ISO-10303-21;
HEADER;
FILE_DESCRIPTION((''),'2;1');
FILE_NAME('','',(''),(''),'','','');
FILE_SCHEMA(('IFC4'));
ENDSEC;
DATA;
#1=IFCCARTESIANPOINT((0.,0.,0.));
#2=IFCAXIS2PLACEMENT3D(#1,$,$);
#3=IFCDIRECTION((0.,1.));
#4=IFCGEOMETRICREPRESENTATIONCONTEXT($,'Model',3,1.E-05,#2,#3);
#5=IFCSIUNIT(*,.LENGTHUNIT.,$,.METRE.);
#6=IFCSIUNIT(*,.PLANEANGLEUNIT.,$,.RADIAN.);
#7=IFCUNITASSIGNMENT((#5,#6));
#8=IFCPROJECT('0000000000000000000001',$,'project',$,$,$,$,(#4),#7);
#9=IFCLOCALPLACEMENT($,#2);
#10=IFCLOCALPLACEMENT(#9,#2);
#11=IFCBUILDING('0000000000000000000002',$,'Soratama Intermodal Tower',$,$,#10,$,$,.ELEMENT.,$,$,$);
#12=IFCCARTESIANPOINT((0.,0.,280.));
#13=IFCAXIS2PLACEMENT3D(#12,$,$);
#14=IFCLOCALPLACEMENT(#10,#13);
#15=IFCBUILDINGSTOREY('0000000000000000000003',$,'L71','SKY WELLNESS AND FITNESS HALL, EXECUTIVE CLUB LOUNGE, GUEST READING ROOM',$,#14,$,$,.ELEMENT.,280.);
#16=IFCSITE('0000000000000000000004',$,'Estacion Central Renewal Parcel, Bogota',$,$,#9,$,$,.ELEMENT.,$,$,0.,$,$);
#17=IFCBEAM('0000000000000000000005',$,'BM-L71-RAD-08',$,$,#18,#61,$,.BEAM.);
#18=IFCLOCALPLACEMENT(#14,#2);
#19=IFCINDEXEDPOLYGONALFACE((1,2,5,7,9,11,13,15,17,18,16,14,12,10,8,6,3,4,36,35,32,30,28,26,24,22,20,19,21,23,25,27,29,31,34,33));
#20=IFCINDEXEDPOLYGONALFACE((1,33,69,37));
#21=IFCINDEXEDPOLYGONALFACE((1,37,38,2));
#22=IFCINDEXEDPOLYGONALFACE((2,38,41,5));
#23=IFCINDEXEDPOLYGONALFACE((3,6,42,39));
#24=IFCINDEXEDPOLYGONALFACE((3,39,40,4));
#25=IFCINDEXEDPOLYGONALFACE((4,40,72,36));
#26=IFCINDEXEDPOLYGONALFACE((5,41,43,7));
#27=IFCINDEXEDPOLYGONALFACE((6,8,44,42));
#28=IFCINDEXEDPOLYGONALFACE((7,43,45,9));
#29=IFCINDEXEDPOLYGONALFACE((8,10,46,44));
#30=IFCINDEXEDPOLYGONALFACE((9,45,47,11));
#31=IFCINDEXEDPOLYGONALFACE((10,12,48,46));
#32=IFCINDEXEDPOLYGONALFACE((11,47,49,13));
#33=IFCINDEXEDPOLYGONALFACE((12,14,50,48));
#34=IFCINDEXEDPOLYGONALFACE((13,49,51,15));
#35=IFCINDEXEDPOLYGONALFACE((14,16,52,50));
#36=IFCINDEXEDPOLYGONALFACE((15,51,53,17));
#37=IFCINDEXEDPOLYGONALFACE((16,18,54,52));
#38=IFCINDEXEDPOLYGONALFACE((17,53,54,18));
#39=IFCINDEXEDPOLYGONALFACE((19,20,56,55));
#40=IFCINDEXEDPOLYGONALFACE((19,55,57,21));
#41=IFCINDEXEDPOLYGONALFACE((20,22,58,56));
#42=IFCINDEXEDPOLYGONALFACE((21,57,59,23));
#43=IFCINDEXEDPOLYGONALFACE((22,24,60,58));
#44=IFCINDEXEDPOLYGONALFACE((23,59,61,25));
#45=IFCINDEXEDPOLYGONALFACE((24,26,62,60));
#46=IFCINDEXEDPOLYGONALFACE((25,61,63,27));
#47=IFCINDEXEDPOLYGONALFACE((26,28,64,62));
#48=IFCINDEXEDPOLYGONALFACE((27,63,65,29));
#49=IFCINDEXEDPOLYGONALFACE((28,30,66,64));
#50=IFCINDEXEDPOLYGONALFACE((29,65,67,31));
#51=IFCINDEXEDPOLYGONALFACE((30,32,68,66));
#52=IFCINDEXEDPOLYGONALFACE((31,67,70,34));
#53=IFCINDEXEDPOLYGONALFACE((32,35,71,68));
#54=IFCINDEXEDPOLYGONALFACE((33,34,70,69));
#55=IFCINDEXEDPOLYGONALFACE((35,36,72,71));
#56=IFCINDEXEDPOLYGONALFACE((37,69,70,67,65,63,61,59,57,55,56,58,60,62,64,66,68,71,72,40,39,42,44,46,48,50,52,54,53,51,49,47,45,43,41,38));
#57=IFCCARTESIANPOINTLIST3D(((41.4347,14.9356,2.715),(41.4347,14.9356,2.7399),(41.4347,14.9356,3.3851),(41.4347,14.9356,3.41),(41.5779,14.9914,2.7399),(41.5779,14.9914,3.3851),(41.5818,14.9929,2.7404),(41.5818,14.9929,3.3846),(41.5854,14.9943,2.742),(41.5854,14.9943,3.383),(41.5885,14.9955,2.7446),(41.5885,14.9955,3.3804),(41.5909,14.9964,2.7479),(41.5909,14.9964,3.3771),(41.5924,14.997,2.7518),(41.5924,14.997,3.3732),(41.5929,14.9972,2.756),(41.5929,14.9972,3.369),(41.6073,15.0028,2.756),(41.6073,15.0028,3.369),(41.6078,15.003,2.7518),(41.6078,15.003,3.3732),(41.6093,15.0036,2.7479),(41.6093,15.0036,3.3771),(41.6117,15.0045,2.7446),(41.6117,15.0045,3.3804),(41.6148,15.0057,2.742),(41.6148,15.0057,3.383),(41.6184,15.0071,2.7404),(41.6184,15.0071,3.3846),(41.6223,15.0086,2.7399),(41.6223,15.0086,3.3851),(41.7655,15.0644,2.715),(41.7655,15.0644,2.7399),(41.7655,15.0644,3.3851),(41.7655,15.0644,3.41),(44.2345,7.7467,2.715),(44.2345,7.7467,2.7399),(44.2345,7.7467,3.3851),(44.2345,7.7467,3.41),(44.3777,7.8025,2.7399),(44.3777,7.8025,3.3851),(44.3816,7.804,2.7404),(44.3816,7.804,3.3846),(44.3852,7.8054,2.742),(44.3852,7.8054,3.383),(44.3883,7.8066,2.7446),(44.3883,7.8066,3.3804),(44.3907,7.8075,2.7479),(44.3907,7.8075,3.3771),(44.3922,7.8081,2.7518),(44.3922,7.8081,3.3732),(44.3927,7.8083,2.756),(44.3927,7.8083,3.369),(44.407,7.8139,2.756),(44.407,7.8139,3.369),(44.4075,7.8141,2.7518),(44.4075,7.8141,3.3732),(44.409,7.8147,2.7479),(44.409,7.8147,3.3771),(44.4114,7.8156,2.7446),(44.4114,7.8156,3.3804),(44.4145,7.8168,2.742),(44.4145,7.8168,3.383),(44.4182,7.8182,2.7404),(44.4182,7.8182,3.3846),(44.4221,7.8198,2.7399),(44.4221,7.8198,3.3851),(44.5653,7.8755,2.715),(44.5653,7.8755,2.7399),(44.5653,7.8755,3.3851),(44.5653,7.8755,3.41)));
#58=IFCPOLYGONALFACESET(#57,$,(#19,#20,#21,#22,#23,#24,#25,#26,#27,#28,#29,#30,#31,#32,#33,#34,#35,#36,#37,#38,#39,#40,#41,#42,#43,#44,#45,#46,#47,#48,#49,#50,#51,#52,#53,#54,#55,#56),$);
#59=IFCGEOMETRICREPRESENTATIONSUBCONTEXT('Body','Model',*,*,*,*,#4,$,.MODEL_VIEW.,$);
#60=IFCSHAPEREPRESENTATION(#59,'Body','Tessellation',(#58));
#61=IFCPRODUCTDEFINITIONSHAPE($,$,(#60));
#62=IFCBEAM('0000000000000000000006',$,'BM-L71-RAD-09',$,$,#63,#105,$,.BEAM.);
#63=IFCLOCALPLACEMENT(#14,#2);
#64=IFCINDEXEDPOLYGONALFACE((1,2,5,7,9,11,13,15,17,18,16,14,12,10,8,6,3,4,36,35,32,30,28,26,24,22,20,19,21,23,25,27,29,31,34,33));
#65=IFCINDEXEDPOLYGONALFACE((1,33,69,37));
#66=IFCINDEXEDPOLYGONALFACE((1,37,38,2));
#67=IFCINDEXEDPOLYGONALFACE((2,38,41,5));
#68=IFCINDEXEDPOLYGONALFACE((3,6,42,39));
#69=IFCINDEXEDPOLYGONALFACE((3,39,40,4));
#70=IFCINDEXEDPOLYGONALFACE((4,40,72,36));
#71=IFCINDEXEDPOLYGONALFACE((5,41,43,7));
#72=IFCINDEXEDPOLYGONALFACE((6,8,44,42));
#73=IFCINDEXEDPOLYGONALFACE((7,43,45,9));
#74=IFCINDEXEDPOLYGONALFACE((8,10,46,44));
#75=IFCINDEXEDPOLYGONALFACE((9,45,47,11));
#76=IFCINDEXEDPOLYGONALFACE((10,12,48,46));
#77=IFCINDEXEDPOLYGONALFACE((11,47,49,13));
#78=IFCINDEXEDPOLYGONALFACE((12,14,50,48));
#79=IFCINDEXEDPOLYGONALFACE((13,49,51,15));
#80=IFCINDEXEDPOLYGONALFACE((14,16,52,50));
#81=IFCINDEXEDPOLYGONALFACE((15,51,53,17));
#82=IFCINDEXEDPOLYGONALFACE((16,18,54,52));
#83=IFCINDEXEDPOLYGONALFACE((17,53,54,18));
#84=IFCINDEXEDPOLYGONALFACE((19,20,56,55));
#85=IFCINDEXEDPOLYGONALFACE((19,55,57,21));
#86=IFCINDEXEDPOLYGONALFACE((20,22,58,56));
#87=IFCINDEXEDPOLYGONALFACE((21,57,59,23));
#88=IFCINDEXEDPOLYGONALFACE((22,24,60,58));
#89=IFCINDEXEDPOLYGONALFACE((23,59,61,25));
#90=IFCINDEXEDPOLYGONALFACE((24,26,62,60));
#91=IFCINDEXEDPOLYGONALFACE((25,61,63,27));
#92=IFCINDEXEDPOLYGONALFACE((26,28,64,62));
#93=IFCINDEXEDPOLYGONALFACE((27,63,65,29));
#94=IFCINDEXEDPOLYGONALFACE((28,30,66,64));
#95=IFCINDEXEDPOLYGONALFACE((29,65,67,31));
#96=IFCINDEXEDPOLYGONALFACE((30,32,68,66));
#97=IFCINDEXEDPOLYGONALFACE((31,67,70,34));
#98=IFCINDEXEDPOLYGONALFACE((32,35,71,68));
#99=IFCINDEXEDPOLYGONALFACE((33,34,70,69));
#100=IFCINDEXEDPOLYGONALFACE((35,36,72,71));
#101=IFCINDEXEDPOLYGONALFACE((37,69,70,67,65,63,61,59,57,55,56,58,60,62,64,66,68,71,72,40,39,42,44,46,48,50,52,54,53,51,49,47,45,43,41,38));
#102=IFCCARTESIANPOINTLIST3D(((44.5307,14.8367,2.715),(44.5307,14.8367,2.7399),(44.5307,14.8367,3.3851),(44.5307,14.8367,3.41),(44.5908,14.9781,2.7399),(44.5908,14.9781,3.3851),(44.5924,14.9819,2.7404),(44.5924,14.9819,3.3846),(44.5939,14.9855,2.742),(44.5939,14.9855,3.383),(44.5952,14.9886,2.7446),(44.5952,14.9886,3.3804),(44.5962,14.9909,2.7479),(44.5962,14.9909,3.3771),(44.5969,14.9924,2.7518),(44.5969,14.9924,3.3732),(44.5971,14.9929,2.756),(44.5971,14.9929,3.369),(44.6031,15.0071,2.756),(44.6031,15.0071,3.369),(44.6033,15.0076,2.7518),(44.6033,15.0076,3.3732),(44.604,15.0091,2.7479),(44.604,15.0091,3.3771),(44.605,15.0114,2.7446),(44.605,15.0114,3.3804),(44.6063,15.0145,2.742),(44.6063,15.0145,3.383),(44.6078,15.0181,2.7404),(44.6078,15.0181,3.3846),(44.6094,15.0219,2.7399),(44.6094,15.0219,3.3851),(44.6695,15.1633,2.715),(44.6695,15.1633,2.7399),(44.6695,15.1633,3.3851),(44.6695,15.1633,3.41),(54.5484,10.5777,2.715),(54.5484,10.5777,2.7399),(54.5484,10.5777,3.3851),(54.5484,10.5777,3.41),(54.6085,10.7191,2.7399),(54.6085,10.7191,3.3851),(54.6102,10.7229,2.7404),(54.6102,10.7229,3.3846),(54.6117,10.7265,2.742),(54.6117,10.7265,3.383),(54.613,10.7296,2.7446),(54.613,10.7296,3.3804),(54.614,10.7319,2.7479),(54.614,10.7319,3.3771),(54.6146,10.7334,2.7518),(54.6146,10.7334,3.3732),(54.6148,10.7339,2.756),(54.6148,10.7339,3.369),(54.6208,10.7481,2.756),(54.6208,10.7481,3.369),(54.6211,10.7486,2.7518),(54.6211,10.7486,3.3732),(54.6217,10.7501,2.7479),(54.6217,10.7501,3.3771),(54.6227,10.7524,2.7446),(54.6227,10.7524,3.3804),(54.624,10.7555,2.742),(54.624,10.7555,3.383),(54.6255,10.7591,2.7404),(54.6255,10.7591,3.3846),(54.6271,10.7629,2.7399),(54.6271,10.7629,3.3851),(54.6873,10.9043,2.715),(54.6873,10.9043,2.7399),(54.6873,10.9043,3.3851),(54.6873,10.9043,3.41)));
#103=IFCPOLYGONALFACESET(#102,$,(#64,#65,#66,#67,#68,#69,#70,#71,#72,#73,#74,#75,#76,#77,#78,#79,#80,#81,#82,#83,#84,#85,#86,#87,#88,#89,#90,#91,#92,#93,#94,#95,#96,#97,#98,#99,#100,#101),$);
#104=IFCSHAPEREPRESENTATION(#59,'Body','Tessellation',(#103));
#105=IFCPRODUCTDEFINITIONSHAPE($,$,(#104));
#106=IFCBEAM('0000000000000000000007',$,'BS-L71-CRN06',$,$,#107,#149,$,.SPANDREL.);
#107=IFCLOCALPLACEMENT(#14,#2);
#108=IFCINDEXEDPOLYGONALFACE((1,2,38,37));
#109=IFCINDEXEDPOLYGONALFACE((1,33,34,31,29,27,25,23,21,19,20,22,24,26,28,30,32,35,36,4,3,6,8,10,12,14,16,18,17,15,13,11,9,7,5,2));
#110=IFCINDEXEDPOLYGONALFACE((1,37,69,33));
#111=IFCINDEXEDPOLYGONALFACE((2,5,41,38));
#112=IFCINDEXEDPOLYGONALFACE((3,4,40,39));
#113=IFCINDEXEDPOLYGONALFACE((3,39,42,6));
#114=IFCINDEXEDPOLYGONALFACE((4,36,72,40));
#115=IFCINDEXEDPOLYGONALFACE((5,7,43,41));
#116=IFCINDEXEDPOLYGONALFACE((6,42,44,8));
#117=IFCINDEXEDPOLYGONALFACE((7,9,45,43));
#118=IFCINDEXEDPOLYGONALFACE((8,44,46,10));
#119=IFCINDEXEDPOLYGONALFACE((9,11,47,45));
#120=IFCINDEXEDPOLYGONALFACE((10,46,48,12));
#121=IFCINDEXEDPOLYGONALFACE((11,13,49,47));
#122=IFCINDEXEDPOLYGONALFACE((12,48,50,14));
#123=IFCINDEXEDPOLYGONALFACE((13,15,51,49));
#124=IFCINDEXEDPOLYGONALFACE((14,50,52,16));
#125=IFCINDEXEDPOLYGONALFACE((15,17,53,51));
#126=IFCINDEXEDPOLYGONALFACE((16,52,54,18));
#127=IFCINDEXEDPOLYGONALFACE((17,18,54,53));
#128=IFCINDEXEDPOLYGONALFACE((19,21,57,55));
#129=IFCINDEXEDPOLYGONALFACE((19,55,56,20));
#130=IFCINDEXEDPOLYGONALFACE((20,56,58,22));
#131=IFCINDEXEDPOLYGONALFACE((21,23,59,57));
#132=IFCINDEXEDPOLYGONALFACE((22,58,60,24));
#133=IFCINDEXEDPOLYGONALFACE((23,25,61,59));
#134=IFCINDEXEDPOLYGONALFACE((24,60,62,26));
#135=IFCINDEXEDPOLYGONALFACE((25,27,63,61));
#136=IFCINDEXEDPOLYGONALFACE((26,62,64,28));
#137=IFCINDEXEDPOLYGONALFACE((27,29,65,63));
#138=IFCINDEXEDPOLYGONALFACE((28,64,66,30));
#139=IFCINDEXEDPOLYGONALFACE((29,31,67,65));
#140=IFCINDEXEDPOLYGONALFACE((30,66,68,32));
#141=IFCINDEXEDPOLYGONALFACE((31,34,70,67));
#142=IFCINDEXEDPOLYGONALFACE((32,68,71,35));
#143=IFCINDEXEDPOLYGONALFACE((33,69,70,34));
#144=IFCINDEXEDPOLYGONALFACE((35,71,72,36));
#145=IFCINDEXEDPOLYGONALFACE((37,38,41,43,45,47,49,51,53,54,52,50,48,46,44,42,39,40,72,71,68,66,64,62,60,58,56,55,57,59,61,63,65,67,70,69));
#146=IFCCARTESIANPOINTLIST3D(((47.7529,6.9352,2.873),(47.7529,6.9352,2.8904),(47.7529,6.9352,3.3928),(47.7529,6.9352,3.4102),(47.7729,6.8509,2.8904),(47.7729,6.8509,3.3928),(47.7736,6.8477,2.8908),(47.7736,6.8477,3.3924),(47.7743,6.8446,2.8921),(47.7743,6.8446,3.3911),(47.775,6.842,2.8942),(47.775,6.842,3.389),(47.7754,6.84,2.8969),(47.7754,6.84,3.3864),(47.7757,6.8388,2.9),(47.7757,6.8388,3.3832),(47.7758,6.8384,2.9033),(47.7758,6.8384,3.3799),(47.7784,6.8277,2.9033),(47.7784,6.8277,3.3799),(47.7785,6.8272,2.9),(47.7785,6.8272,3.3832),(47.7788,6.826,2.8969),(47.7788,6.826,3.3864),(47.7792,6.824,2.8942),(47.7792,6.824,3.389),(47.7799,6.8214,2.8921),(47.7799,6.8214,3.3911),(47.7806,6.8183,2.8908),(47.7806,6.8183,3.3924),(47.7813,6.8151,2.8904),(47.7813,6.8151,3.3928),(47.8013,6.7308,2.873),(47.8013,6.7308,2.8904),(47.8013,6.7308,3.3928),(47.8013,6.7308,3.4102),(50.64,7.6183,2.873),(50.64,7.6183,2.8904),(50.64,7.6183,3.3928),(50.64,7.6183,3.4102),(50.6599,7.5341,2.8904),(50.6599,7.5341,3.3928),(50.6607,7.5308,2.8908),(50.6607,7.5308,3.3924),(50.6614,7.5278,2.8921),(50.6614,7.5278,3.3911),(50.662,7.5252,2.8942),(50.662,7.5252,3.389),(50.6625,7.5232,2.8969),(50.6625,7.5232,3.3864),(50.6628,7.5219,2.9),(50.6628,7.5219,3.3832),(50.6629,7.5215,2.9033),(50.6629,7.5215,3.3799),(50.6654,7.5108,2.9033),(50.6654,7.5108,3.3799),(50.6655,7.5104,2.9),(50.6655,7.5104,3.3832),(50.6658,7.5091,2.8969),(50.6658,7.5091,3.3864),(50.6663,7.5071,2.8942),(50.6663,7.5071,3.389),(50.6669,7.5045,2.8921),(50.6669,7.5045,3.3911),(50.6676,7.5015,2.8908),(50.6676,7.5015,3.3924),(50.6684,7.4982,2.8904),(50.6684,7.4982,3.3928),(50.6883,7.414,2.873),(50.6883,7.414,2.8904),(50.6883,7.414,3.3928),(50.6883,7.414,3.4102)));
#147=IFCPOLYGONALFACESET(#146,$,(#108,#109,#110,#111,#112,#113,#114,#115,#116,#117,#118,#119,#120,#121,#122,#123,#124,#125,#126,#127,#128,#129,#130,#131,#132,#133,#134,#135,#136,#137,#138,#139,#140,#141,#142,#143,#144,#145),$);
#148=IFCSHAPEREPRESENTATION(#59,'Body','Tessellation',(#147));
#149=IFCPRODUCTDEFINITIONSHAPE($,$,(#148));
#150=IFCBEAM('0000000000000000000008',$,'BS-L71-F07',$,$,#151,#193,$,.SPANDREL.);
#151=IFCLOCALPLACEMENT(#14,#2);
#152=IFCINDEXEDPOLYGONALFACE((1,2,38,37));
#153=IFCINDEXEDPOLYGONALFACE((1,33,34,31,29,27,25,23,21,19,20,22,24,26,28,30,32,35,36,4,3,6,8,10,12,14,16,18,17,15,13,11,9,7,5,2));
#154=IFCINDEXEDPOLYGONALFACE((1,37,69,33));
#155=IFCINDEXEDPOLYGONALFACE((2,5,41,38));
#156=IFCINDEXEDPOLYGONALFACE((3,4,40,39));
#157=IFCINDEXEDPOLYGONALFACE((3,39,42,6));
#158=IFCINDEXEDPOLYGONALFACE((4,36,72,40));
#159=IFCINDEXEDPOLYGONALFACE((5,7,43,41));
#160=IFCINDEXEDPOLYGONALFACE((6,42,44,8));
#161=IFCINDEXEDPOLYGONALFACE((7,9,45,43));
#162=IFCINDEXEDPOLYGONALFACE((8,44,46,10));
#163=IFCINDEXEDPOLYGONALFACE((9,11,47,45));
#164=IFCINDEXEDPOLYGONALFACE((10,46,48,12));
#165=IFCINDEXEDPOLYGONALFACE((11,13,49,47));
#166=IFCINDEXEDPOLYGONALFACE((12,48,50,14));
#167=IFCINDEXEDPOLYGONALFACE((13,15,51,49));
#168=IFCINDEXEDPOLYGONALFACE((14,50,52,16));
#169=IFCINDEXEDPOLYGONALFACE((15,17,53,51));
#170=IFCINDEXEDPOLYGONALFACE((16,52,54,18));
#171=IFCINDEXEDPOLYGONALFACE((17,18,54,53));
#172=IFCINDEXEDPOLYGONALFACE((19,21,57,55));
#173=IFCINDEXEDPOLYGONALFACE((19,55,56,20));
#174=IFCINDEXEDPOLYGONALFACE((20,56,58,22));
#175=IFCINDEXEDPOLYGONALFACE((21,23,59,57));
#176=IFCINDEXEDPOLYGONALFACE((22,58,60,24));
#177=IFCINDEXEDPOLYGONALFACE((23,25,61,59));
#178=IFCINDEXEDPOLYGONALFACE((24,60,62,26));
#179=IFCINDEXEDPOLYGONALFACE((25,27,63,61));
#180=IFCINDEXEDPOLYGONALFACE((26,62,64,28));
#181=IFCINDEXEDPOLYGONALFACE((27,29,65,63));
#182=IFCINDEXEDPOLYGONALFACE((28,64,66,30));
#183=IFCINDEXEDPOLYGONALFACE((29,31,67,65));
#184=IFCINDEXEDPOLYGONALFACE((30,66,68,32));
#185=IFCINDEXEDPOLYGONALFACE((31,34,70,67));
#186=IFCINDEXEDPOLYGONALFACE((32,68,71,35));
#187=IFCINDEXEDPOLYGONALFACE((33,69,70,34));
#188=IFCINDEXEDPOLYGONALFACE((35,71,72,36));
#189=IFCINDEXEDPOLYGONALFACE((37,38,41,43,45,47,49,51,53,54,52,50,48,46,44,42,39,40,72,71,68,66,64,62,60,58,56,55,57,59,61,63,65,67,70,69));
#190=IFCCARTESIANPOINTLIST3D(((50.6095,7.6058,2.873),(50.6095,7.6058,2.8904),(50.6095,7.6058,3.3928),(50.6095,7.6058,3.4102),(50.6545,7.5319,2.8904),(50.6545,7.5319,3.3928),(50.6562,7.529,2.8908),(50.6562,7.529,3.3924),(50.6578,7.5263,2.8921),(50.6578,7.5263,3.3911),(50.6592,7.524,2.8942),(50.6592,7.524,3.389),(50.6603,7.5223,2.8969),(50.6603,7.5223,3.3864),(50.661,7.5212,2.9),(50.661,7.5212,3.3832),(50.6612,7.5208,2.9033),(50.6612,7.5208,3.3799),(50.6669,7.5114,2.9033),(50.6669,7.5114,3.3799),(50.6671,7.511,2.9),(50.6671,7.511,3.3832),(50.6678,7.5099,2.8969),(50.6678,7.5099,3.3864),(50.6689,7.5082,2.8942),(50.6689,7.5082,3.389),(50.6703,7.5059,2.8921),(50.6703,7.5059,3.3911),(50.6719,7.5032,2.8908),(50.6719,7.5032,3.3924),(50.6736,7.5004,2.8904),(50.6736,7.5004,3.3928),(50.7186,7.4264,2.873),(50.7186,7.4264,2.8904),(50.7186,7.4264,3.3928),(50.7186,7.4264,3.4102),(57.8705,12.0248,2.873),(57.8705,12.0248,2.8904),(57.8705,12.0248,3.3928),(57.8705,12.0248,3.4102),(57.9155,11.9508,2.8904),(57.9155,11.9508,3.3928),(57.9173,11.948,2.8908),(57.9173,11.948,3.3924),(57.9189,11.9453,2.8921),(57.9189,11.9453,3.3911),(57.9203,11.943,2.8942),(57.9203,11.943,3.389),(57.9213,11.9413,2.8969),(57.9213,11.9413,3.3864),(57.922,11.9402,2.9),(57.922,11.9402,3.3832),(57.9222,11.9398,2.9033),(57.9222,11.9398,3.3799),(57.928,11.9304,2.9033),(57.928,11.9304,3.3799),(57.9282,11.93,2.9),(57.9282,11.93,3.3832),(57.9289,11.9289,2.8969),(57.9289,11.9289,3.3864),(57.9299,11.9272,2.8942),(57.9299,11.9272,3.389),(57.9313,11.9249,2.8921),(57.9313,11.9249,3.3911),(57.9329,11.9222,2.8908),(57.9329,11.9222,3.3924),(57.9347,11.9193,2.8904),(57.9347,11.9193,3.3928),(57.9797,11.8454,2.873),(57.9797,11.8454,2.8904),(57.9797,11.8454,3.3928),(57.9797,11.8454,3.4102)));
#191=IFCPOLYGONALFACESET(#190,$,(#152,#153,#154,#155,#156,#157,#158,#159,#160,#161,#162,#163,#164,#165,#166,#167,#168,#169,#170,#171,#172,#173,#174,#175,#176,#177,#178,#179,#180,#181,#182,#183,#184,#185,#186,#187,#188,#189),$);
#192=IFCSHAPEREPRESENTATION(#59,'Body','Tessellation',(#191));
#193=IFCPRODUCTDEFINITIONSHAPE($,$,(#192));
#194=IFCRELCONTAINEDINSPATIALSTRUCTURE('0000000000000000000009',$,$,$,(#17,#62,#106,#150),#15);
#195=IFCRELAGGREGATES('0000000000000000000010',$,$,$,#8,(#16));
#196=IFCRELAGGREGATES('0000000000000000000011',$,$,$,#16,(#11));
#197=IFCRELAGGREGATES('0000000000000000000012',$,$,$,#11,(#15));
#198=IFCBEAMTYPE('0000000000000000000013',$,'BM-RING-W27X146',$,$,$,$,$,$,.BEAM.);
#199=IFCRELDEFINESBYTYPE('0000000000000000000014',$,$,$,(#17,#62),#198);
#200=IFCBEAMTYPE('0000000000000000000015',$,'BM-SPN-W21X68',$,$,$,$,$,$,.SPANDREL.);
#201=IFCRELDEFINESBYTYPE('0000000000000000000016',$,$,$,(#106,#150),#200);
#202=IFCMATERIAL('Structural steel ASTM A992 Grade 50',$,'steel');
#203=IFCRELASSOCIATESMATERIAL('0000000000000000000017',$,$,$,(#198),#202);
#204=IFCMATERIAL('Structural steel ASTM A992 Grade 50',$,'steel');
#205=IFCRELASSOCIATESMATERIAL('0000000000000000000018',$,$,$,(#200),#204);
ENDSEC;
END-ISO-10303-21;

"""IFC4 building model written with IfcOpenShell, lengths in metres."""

from ifc_helpers import new_model, si_unit, direction, frame, origin, origin_2d, place, context, subcontext, project, spatial, i_section, extrude, material, material_profile, profile_set, type_object, element, save


model = new_model("IFC4")

# Units and contexts
model_context = context("Model", 3, precision=1e-05, world=origin(), true_north=direction((0.0, 1.0)))
body_context = subcontext(model_context, "Body", "Model", "MODEL_VIEW")
ifc_project = project(units=[si_unit("LENGTHUNIT", "METRE"), si_unit("PLANEANGLEUNIT", "RADIAN")], contexts=[model_context])

# Site, building, storey
site_placement = place(None, origin())
site = spatial("IfcSite", under=ifc_project, at=site_placement, Name="Estacion Central Renewal Parcel, Bogota", CompositionType="ELEMENT", RefElevation=0.0)
building_placement = place(site_placement, origin())
building = spatial("IfcBuilding", under=site, at=building_placement, Name="Soratama Intermodal Tower", CompositionType="ELEMENT")
storey_placement = place(building_placement, frame((0.0, 0.0, 280.0)))
storey = spatial("IfcBuildingStorey", under=building, at=storey_placement, Name="L71", Description="SKY WELLNESS AND FITNESS HALL, EXECUTIVE CLUB LOUNGE, GUEST READING ROOM", CompositionType="ELEMENT", Elevation=280.0)

# Beams
ifc_material_1 = material(Name="Structural steel ASTM A992 Grade 50", Category="steel")
ifc_material_profile_1 = material_profile(ifc_material_1, i_section(OverallWidth=0.355, OverallDepth=0.6951, WebThickness=0.0154, FlangeThickness=0.0249, FilletRadius=0.0161, at=origin_2d()), Name="W27X146")
ifc_profile_set_1 = profile_set([ifc_material_profile_1], Name="Structural steel ASTM A992 Grade 50")
beam_type_1 = type_object("IfcBeamType", Name="BM-RING-W27X146", PredefinedType="BEAM", material=ifc_profile_set_1)
beam_1_placement = place(storey_placement, frame((41.6001, 15.0, 3.0625), z_axis=(0.362907, -0.931825, 0.0), x_axis=(0.931825, 0.362907, 0.0)))
element("IfcBeam", 1, at=beam_1_placement, inside=storey, type_object=beam_type_1, Name="BM-L71-RAD-08", PredefinedType="BEAM", context=body_context, shape_type="SweptSolid", body=[
    extrude(i_section(OverallWidth=0.355, OverallDepth=0.6951, WebThickness=0.0154, FlangeThickness=0.0249, FilletRadius=0.0161, at=origin_2d()), origin(), (0.0, 0.0, 1.0), 7.7148),
])
beam_2_placement = place(storey_placement, frame((44.6001, 15.0, 3.0625), z_axis=(0.920283, -0.391254, 0.0), x_axis=(0.391254, 0.920283, 0.0)))
element("IfcBeam", 2, at=beam_2_placement, inside=storey, type_object=beam_type_1, Name="BM-L71-RAD-09", PredefinedType="BEAM", context=body_context, shape_type="SweptSolid", body=[
    extrude(i_section(OverallWidth=0.355, OverallDepth=0.6951, WebThickness=0.0154, FlangeThickness=0.0249, FilletRadius=0.0161, at=origin_2d()), origin(), (0.0, 0.0, 1.0), 10.8855),
])
ifc_material_2 = material(Name="Structural steel ASTM A992 Grade 50", Category="steel")
ifc_material_profile_2 = material_profile(ifc_material_2, i_section(OverallWidth=0.21, OverallDepth=0.5371, WebThickness=0.011, FlangeThickness=0.0173, FilletRadius=0.0129, at=origin_2d()), Name="W21X68")
ifc_profile_set_2 = profile_set([ifc_material_profile_2], Name="Structural steel ASTM A992 Grade 50")
beam_type_2 = type_object("IfcBeamType", Name="BM-SPN-W21X68", PredefinedType="SPANDREL", material=ifc_profile_set_2)
beam_3_placement = place(storey_placement, frame((47.7771, 6.833, 3.1416), z_axis=(0.973129, 0.230259, 0.0), x_axis=(-0.230259, 0.973129, 0.0)))
element("IfcBeam", 3, at=beam_3_placement, inside=storey, type_object=beam_type_2, Name="BS-L71-CRN06", PredefinedType="SPANDREL", context=body_context, shape_type="SweptSolid", body=[
    extrude(i_section(OverallWidth=0.21, OverallDepth=0.5371, WebThickness=0.011, FlangeThickness=0.0173, FilletRadius=0.0129, at=origin_2d()), origin(), (0.0, 0.0, 1.0), 2.9668),
])
beam_4_placement = place(storey_placement, frame((50.6641, 7.5161, 3.1416), z_axis=(0.85424, 0.51988, 0.0), x_axis=(-0.51988, 0.85424, 0.0)))
element("IfcBeam", 4, at=beam_4_placement, inside=storey, type_object=beam_type_2, Name="BS-L71-F07", PredefinedType="SPANDREL", context=body_context, shape_type="SweptSolid", body=[
    extrude(i_section(OverallWidth=0.21, OverallDepth=0.5371, WebThickness=0.011, FlangeThickness=0.0173, FilletRadius=0.0129, at=origin_2d()), origin(), (0.0, 0.0, 1.0), 8.5),
])

save(model, "model.ifc")
